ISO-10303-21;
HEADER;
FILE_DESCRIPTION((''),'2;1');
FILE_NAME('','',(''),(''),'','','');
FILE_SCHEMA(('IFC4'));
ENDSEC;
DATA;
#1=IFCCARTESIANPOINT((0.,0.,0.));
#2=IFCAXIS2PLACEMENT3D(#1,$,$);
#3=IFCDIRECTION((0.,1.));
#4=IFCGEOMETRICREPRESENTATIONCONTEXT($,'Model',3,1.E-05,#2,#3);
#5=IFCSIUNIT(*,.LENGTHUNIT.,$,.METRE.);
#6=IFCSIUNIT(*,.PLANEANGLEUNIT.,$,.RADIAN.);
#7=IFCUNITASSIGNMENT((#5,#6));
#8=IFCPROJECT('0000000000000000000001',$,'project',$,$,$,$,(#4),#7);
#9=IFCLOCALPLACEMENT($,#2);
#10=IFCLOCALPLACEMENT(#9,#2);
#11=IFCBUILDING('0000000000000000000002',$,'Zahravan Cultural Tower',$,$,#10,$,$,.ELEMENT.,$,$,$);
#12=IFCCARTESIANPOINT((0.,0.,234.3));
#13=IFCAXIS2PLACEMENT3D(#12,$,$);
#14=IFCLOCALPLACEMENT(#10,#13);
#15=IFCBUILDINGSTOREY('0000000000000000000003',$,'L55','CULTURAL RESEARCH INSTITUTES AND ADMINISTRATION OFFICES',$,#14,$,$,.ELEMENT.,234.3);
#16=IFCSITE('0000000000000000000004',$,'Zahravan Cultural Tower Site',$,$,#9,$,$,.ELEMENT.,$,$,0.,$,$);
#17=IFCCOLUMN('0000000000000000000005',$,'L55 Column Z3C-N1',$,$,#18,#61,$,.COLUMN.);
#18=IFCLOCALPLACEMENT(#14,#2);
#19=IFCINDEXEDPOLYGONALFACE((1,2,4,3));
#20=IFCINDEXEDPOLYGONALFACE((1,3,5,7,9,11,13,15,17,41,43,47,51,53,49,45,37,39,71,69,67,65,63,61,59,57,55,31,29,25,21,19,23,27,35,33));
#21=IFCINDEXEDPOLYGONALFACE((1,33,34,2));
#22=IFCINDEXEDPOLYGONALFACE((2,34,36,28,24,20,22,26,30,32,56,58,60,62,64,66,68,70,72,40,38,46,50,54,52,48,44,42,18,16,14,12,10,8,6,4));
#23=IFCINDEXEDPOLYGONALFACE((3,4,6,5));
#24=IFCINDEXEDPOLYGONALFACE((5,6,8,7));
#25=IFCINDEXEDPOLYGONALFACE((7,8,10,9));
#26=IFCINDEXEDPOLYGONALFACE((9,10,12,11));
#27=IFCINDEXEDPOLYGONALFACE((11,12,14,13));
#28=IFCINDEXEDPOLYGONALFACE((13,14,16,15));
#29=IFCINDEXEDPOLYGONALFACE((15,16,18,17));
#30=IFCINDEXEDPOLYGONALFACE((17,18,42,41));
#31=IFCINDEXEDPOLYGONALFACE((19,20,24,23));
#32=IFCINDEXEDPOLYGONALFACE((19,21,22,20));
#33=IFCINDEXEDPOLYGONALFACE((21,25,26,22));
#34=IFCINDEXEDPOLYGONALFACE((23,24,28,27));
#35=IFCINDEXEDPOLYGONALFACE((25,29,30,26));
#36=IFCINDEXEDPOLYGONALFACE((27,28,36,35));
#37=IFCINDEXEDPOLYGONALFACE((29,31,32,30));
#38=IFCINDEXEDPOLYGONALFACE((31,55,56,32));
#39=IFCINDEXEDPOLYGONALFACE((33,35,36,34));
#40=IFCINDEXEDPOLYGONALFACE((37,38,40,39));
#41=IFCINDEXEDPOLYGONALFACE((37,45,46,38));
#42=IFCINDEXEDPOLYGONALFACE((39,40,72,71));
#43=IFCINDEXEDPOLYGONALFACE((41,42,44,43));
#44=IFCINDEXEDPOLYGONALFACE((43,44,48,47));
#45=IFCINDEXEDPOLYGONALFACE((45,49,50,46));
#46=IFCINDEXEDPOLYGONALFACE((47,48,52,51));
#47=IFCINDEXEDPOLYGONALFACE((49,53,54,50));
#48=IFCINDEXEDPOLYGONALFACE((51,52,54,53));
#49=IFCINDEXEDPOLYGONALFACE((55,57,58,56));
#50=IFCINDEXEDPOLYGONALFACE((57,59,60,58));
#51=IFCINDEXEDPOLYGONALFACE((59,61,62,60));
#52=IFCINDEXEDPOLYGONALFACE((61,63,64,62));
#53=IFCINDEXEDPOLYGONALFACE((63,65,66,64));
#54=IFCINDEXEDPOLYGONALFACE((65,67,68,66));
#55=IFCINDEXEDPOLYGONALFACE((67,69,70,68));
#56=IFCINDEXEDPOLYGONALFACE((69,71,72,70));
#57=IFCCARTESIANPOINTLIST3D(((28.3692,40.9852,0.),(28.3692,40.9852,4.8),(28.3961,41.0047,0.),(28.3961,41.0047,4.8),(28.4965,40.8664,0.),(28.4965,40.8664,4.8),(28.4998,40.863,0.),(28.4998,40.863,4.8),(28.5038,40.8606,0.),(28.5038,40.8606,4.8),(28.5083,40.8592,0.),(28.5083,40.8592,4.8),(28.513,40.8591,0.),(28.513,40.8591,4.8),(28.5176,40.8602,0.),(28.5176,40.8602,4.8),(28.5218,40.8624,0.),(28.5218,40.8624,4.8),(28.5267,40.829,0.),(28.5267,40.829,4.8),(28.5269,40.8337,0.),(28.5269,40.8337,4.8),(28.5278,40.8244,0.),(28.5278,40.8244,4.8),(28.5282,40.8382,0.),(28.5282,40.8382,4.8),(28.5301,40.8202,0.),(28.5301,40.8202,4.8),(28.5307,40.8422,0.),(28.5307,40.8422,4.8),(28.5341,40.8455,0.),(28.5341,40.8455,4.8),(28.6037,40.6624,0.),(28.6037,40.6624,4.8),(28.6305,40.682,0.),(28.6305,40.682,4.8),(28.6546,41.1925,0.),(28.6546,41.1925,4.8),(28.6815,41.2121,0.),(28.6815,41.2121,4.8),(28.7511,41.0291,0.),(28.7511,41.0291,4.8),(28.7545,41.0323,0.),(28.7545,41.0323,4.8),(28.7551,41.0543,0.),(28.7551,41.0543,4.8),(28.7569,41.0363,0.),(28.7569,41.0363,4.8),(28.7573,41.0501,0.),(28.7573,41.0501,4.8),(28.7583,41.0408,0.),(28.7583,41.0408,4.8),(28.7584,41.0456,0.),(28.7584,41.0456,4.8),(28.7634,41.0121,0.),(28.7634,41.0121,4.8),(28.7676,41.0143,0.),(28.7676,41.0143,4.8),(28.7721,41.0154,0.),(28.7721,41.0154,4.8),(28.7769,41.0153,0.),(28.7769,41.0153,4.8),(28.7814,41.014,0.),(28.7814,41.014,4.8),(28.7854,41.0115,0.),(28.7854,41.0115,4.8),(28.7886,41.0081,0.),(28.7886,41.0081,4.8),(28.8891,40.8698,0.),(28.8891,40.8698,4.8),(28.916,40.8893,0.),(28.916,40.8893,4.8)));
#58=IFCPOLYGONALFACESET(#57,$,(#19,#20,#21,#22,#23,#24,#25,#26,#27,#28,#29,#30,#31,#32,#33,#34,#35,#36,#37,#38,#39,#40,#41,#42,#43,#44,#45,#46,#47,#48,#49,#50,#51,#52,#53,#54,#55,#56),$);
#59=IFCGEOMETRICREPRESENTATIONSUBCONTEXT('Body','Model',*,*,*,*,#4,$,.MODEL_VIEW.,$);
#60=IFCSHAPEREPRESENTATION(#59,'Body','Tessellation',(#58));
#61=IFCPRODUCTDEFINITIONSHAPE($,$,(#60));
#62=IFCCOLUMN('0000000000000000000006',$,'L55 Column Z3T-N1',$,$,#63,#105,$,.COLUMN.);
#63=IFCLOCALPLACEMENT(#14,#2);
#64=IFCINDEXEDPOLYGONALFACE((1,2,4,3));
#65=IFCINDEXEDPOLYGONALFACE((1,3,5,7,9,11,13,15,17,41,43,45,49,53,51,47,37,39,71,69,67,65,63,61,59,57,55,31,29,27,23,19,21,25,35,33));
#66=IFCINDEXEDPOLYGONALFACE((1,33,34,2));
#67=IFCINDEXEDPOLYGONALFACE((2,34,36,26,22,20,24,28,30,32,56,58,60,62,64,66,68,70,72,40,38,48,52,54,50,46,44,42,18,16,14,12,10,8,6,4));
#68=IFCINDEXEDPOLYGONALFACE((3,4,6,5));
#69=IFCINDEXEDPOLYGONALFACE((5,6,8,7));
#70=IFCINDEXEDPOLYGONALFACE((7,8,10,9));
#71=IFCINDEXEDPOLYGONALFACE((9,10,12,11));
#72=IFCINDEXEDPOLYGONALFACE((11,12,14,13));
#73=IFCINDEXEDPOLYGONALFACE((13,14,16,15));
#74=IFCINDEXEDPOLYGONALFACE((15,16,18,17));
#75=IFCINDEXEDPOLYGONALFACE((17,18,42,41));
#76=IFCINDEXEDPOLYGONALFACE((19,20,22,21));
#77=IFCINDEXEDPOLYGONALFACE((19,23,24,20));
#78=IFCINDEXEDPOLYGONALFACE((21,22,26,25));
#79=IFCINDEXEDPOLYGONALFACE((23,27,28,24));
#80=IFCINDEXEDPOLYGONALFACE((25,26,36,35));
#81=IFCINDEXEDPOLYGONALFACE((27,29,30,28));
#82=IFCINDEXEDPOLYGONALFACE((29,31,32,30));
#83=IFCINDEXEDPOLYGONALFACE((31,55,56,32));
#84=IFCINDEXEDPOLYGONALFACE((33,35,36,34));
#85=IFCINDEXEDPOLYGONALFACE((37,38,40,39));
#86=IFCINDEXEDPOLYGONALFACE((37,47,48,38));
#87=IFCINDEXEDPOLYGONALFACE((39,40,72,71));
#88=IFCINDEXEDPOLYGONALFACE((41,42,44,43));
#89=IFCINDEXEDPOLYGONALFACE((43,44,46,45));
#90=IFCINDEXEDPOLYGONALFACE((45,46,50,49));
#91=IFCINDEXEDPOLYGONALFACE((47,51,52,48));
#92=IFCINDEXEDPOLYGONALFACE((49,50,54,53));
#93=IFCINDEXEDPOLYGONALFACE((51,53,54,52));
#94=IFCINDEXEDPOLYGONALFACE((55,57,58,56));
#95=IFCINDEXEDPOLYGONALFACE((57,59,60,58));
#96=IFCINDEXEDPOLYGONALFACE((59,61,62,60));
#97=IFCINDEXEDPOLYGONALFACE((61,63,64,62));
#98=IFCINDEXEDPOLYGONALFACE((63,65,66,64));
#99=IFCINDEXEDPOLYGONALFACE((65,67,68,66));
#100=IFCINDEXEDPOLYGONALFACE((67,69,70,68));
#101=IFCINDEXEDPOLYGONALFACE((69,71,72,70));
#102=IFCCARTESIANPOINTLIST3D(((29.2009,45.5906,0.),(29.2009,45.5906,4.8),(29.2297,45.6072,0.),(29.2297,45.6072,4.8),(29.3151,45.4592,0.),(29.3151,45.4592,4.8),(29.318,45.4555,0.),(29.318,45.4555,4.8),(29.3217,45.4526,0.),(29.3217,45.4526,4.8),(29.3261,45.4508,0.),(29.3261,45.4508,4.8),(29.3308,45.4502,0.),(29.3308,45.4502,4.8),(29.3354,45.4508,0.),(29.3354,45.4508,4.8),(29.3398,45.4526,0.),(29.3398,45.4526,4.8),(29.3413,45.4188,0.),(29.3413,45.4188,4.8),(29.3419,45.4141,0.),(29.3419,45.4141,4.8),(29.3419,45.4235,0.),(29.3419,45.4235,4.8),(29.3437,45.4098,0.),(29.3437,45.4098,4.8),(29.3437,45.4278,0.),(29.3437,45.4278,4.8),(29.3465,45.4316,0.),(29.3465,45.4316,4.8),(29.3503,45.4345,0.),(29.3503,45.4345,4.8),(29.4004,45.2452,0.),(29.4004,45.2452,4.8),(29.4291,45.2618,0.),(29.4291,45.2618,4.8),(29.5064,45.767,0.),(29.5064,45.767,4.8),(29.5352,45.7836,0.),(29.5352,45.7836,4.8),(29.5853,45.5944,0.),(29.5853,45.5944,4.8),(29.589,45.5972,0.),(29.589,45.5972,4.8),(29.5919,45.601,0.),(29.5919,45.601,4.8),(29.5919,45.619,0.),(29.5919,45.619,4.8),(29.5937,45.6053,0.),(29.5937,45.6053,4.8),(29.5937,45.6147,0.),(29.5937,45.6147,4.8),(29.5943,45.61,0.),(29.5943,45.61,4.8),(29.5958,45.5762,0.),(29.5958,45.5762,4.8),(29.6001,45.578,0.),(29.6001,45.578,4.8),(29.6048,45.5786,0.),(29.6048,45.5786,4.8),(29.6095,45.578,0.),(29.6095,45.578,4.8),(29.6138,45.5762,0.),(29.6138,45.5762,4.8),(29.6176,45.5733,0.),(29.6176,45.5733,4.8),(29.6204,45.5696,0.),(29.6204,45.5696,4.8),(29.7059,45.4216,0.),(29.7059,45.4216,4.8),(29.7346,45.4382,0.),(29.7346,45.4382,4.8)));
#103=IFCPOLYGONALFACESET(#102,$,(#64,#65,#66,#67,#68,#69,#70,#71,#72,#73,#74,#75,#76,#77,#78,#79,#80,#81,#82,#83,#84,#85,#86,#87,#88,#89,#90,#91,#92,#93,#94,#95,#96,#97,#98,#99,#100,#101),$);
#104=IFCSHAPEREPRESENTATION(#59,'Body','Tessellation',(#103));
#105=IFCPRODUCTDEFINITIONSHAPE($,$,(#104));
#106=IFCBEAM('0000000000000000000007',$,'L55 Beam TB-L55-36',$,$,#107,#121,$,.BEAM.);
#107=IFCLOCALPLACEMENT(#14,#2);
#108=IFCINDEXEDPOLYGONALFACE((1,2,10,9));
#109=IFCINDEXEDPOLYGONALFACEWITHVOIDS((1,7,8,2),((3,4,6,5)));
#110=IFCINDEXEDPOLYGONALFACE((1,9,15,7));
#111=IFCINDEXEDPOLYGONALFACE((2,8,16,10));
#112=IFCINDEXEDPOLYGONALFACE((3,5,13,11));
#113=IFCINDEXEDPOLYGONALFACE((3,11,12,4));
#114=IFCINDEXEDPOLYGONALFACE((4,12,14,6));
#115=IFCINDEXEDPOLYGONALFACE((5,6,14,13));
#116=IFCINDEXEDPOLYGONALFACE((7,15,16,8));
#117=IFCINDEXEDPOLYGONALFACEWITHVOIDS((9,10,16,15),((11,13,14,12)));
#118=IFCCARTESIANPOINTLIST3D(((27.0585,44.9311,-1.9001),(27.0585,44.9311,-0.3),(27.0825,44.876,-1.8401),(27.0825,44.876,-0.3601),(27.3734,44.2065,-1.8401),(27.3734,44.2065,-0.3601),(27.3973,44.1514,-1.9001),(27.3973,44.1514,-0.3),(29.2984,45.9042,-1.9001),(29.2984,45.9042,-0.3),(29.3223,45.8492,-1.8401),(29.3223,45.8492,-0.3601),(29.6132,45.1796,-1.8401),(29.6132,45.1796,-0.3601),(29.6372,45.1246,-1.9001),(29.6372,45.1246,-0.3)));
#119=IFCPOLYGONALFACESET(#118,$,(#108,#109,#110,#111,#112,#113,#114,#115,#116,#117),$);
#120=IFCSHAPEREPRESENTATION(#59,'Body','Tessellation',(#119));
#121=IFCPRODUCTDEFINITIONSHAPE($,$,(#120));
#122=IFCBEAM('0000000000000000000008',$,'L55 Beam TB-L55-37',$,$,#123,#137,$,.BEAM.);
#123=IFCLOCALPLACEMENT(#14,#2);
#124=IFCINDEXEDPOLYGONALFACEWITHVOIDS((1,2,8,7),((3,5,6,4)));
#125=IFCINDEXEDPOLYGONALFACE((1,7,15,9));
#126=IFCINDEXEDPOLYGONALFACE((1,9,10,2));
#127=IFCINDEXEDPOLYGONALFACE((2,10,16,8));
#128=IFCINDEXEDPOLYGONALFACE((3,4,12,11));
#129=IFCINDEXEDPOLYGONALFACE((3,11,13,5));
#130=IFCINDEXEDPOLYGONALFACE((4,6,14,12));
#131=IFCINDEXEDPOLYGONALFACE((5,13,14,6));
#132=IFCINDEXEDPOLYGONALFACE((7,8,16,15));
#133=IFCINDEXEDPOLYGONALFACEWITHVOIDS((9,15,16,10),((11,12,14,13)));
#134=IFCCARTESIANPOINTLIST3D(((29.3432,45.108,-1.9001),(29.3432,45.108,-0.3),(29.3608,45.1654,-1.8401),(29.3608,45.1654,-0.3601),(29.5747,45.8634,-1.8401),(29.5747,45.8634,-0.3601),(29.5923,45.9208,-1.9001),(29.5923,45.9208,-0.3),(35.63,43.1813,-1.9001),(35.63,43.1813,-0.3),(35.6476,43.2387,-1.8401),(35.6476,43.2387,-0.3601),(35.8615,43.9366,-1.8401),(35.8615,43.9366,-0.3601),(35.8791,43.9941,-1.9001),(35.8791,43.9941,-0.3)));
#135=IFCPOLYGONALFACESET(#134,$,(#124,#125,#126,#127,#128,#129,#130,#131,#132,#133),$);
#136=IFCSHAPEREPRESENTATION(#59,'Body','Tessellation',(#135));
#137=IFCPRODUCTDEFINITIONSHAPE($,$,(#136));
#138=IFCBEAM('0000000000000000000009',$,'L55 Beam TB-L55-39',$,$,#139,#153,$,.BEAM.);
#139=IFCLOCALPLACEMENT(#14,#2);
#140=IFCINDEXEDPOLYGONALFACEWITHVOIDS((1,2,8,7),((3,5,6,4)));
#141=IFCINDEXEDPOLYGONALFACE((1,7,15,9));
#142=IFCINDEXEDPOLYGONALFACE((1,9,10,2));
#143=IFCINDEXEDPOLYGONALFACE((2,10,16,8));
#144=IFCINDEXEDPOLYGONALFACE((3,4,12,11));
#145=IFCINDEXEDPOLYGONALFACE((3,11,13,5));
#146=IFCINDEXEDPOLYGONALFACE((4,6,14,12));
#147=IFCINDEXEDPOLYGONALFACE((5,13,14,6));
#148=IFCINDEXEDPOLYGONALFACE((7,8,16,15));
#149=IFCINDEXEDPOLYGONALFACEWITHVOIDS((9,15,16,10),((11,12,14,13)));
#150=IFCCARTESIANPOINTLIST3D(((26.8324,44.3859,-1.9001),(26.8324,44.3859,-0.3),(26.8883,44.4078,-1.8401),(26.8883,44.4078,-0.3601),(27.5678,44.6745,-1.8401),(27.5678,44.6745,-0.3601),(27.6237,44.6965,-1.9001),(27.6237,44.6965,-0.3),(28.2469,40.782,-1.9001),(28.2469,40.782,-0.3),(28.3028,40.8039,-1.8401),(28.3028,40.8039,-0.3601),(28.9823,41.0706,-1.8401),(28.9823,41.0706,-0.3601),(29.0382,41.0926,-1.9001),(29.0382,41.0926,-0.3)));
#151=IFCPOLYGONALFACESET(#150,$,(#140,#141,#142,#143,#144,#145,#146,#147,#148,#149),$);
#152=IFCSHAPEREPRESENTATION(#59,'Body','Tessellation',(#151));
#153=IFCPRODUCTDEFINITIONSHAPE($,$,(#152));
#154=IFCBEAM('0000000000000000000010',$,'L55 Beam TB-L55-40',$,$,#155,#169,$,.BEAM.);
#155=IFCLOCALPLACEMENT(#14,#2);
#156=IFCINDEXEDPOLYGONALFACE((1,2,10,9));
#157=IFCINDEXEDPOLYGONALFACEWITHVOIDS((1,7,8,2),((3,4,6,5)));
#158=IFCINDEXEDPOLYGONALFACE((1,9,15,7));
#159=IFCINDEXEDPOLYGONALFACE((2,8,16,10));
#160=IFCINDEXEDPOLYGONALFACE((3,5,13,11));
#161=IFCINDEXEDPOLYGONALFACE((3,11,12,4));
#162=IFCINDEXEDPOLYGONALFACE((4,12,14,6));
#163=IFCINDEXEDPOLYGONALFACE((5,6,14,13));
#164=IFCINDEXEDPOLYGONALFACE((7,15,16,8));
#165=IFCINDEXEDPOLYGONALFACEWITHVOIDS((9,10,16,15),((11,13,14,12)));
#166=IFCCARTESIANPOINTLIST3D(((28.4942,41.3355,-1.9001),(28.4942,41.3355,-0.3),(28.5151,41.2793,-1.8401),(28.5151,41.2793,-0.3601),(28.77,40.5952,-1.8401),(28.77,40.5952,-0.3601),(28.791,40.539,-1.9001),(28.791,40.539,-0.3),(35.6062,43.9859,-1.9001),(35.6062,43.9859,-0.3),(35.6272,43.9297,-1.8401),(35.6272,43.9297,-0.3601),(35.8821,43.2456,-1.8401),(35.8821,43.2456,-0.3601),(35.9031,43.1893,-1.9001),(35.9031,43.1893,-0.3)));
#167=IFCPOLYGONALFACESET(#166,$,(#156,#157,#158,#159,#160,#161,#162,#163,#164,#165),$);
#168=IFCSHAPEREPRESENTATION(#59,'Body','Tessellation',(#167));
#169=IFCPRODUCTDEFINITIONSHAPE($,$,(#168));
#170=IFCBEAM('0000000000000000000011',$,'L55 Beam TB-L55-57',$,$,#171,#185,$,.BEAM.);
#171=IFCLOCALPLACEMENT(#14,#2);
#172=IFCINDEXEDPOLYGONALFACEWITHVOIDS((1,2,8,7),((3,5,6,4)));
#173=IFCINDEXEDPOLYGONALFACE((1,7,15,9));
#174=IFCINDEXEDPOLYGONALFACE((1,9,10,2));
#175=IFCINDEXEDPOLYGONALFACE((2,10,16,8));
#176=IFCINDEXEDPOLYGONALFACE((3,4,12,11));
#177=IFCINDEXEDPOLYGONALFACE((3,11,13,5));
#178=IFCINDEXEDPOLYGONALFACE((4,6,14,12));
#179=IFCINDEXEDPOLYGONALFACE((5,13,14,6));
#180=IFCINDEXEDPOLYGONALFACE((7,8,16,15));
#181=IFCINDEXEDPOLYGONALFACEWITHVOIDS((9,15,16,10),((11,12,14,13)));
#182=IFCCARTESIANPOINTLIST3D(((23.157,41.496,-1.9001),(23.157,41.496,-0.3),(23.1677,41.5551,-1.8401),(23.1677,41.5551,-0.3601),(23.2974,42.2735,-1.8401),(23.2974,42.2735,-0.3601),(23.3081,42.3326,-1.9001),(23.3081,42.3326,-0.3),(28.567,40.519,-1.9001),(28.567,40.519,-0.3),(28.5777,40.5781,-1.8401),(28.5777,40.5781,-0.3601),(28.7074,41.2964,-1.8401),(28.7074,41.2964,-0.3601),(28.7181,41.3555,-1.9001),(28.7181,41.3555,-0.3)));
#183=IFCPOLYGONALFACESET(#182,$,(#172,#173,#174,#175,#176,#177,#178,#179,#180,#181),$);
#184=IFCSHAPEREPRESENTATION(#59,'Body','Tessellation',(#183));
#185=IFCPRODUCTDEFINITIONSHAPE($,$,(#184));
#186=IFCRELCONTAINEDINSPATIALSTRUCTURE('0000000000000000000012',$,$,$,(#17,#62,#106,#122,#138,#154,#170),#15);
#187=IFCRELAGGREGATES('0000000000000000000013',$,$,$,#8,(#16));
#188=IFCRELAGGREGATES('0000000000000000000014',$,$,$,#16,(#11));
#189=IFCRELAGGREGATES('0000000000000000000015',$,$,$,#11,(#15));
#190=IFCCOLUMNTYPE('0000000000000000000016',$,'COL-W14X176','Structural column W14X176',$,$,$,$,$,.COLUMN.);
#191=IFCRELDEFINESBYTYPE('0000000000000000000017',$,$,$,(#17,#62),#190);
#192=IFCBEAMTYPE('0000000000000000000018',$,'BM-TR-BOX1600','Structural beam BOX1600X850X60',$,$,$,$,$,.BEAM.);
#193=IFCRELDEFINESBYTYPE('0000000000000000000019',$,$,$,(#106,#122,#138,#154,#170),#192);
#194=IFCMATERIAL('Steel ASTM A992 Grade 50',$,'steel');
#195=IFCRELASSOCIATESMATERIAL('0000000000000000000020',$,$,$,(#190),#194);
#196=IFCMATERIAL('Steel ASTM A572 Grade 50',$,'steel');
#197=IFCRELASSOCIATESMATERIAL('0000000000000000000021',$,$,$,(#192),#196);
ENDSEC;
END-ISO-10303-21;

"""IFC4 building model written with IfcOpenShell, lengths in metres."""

from ifc_helpers import new_model, si_unit, direction, frame, origin, origin_2d, place, context, subcontext, project, spatial, hollow_rectangle, i_section, extrude, source, transform, mapped, material, material_profile, profile_set, type_object, element, save


model = new_model("IFC4")

# Units and contexts
model_context = context("Model", 3, precision=1e-05, world=origin(), true_north=direction((0.0, 1.0)))
body_context = subcontext(model_context, "Body", "Model", "MODEL_VIEW")
ifc_project = project(units=[si_unit("LENGTHUNIT", "METRE"), si_unit("PLANEANGLEUNIT", "RADIAN")], contexts=[model_context])

# Site, building, storey
site_placement = place(None, origin())
site = spatial("IfcSite", under=ifc_project, at=site_placement, Name="Zahravan Cultural Tower Site", CompositionType="ELEMENT", RefElevation=0.0)
building_placement = place(site_placement, origin())
building = spatial("IfcBuilding", under=site, at=building_placement, Name="Zahravan Cultural Tower", CompositionType="ELEMENT")
storey_placement = place(building_placement, frame((0.0, 0.0, 234.3)))
storey = spatial("IfcBuildingStorey", under=building, at=storey_placement, Name="L55", Description="CULTURAL RESEARCH INSTITUTES AND ADMINISTRATION OFFICES", CompositionType="ELEMENT", Elevation=234.3)

# Columns
ifc_material_1 = material(Name="Steel ASTM A992 Grade 50", Category="steel")
ifc_material_profile_1 = material_profile(ifc_material_1, i_section(OverallWidth=0.3989, OverallDepth=0.386, WebThickness=0.021, FlangeThickness=0.0332, FilletRadius=0.0181, at=origin_2d()), Name="W14X176")
ifc_profile_set_1 = profile_set([ifc_material_profile_1], Name="Steel ASTM A992 Grade 50")
column_type = type_object("IfcColumnType", Name="COL-W14X176", Description="Structural column W14X176", PredefinedType="COLUMN", material=ifc_profile_set_1)
shared_shape_1 = source(origin(), body_context, "Body", "SweptSolid", [
    extrude(i_section(OverallWidth=0.3989, OverallDepth=0.386, WebThickness=0.021, FlangeThickness=0.0332, FilletRadius=0.0181, at=origin_2d()), origin(), (0.0, 0.0, 1.0), 4.8),
])
for number, where, z_axis, x_axis, name in (
    (1, (28.6426, 40.9373, 0.0), (0.0, 0.0, 1.0), (-0.587785, 0.809017, 0.0), "L55 Column Z3C-N1"),
    (2, (29.4678, 45.5144, 0.0), (0.0, 0.0, 1.0), (-0.5, 0.866025, 0.0), "L55 Column Z3T-N1"),
):
    element("IfcColumn", number, at=place(storey_placement, frame(where, z_axis=z_axis, x_axis=x_axis)), inside=storey, type_object=column_type, Name=name, PredefinedType="COLUMN", context=body_context, shape_type="MappedRepresentation", body=[
        mapped(shared_shape_1, transform((0.0, 0.0, 0.0), x_axis=(1.0, 0.0, 0.0), y_axis=(0.0, 1.0, 0.0), z_axis=(0.0, 0.0, 1.0), scale=1.0)),
    ])

# Beams
ifc_material_2 = material(Name="Steel ASTM A572 Grade 50", Category="steel")
ifc_material_profile_2 = material_profile(ifc_material_2, hollow_rectangle(XDim=0.8501, YDim=1.6001, WallThickness=0.0601, at=origin_2d()), Name="BOX1600X850X60")
ifc_profile_set_2 = profile_set([ifc_material_profile_2], Name="Steel ASTM A572 Grade 50")
beam_type = type_object("IfcBeamType", Name="BM-TR-BOX1600", Description="Structural beam BOX1600X850X60", PredefinedType="BEAM", material=ifc_profile_set_2)
shared_shape_2 = source(origin(), body_context, "Body", "SweptSolid", [
    extrude(hollow_rectangle(XDim=0.8501, YDim=1.6001, WallThickness=0.0601, at=origin_2d()), origin(), (0.0, 0.0, 1.0), 2.4421),
])
beam_1_placement = place(storey_placement, frame((29.4678, 45.5144, -1.1001), z_axis=(-0.917169, -0.398499, 0.0), x_axis=(0.398499, -0.917169, 0.0)))
element("IfcBeam", 3, at=beam_1_placement, inside=storey, type_object=beam_type, Name="L55 Beam TB-L55-36", PredefinedType="BEAM", context=body_context, shape_type="MappedRepresentation", body=[
    mapped(shared_shape_2, transform((0.0, 0.0, 0.0), x_axis=(1.0, 0.0, 0.0), y_axis=(0.0, 1.0, 0.0), z_axis=(0.0, 0.0, 1.0), scale=1.0)),
])
shared_shape_3 = source(origin(), body_context, "Body", "SweptSolid", [
    extrude(hollow_rectangle(XDim=0.8501, YDim=1.6001, WallThickness=0.0601, at=origin_2d()), origin(), (0.0, 0.0, 1.0), 6.5754),
])
beam_2_placement = place(storey_placement, frame((29.4678, 45.5144, -1.1001), z_axis=(0.956106, -0.293021, 0.0), x_axis=(0.293021, 0.956106, 0.0)))
element("IfcBeam", 4, at=beam_2_placement, inside=storey, type_object=beam_type, Name="L55 Beam TB-L55-37", PredefinedType="BEAM", context=body_context, shape_type="MappedRepresentation", body=[
    mapped(shared_shape_3, transform((0.0, 0.0, 0.0), x_axis=(1.0, 0.0, 0.0), y_axis=(0.0, 1.0, 0.0), z_axis=(0.0, 0.0, 1.0), scale=1.0)),
])
shared_shape_4 = source(origin(), body_context, "Body", "SweptSolid", [
    extrude(hollow_rectangle(XDim=0.8501, YDim=1.6001, WallThickness=0.0601, at=origin_2d()), origin(), (0.0, 0.0, 1.0), 3.8716),
])
beam_3_placement = place(storey_placement, frame((28.6426, 40.9373, -1.1001), z_axis=(-0.36536, 0.930866, 0.0), x_axis=(-0.930866, -0.36536, 0.0)))
element("IfcBeam", 5, at=beam_3_placement, inside=storey, type_object=beam_type, Name="L55 Beam TB-L55-39", PredefinedType="BEAM", context=body_context, shape_type="MappedRepresentation", body=[
    mapped(shared_shape_4, transform((0.0, 0.0, 0.0), x_axis=(1.0, 0.0, 0.0), y_axis=(0.0, 1.0, 0.0), z_axis=(0.0, 0.0, 1.0), scale=1.0)),
])
shared_shape_5 = source(origin(), body_context, "Body", "SweptSolid", [
    extrude(hollow_rectangle(XDim=0.8501, YDim=1.6001, WallThickness=0.0601, at=origin_2d()), origin(), (0.0, 0.0, 1.0), 7.5898),
])
beam_4_placement = place(storey_placement, frame((28.6426, 40.9373, -1.1001), z_axis=(0.937048, 0.349202, 0.0), x_axis=(-0.349202, 0.937048, 0.0)))
element("IfcBeam", 6, at=beam_4_placement, inside=storey, type_object=beam_type, Name="L55 Beam TB-L55-40", PredefinedType="BEAM", context=body_context, shape_type="MappedRepresentation", body=[
    mapped(shared_shape_5, transform((0.0, 0.0, 0.0), x_axis=(1.0, 0.0, 0.0), y_axis=(0.0, 1.0, 0.0), z_axis=(0.0, 0.0, 1.0), scale=1.0)),
])
shared_shape_6 = source(origin(), body_context, "Body", "SweptSolid", [
    extrude(hollow_rectangle(XDim=0.8501, YDim=1.6001, WallThickness=0.0601, at=origin_2d()), origin(), (0.0, 0.0, 1.0), 5.4976),
])
beam_5_placement = place(storey_placement, frame((28.6426, 40.9373, -1.1001), z_axis=(-0.984081, 0.177721, 0.0), x_axis=(-0.177721, -0.984081, 0.0)))
element("IfcBeam", 7, at=beam_5_placement, inside=storey, type_object=beam_type, Name="L55 Beam TB-L55-57", PredefinedType="BEAM", context=body_context, shape_type="MappedRepresentation", body=[
    mapped(shared_shape_6, transform((0.0, 0.0, 0.0), x_axis=(1.0, 0.0, 0.0), y_axis=(0.0, 1.0, 0.0), z_axis=(0.0, 0.0, 1.0), scale=1.0)),
])

save(model, "model.ifc")
